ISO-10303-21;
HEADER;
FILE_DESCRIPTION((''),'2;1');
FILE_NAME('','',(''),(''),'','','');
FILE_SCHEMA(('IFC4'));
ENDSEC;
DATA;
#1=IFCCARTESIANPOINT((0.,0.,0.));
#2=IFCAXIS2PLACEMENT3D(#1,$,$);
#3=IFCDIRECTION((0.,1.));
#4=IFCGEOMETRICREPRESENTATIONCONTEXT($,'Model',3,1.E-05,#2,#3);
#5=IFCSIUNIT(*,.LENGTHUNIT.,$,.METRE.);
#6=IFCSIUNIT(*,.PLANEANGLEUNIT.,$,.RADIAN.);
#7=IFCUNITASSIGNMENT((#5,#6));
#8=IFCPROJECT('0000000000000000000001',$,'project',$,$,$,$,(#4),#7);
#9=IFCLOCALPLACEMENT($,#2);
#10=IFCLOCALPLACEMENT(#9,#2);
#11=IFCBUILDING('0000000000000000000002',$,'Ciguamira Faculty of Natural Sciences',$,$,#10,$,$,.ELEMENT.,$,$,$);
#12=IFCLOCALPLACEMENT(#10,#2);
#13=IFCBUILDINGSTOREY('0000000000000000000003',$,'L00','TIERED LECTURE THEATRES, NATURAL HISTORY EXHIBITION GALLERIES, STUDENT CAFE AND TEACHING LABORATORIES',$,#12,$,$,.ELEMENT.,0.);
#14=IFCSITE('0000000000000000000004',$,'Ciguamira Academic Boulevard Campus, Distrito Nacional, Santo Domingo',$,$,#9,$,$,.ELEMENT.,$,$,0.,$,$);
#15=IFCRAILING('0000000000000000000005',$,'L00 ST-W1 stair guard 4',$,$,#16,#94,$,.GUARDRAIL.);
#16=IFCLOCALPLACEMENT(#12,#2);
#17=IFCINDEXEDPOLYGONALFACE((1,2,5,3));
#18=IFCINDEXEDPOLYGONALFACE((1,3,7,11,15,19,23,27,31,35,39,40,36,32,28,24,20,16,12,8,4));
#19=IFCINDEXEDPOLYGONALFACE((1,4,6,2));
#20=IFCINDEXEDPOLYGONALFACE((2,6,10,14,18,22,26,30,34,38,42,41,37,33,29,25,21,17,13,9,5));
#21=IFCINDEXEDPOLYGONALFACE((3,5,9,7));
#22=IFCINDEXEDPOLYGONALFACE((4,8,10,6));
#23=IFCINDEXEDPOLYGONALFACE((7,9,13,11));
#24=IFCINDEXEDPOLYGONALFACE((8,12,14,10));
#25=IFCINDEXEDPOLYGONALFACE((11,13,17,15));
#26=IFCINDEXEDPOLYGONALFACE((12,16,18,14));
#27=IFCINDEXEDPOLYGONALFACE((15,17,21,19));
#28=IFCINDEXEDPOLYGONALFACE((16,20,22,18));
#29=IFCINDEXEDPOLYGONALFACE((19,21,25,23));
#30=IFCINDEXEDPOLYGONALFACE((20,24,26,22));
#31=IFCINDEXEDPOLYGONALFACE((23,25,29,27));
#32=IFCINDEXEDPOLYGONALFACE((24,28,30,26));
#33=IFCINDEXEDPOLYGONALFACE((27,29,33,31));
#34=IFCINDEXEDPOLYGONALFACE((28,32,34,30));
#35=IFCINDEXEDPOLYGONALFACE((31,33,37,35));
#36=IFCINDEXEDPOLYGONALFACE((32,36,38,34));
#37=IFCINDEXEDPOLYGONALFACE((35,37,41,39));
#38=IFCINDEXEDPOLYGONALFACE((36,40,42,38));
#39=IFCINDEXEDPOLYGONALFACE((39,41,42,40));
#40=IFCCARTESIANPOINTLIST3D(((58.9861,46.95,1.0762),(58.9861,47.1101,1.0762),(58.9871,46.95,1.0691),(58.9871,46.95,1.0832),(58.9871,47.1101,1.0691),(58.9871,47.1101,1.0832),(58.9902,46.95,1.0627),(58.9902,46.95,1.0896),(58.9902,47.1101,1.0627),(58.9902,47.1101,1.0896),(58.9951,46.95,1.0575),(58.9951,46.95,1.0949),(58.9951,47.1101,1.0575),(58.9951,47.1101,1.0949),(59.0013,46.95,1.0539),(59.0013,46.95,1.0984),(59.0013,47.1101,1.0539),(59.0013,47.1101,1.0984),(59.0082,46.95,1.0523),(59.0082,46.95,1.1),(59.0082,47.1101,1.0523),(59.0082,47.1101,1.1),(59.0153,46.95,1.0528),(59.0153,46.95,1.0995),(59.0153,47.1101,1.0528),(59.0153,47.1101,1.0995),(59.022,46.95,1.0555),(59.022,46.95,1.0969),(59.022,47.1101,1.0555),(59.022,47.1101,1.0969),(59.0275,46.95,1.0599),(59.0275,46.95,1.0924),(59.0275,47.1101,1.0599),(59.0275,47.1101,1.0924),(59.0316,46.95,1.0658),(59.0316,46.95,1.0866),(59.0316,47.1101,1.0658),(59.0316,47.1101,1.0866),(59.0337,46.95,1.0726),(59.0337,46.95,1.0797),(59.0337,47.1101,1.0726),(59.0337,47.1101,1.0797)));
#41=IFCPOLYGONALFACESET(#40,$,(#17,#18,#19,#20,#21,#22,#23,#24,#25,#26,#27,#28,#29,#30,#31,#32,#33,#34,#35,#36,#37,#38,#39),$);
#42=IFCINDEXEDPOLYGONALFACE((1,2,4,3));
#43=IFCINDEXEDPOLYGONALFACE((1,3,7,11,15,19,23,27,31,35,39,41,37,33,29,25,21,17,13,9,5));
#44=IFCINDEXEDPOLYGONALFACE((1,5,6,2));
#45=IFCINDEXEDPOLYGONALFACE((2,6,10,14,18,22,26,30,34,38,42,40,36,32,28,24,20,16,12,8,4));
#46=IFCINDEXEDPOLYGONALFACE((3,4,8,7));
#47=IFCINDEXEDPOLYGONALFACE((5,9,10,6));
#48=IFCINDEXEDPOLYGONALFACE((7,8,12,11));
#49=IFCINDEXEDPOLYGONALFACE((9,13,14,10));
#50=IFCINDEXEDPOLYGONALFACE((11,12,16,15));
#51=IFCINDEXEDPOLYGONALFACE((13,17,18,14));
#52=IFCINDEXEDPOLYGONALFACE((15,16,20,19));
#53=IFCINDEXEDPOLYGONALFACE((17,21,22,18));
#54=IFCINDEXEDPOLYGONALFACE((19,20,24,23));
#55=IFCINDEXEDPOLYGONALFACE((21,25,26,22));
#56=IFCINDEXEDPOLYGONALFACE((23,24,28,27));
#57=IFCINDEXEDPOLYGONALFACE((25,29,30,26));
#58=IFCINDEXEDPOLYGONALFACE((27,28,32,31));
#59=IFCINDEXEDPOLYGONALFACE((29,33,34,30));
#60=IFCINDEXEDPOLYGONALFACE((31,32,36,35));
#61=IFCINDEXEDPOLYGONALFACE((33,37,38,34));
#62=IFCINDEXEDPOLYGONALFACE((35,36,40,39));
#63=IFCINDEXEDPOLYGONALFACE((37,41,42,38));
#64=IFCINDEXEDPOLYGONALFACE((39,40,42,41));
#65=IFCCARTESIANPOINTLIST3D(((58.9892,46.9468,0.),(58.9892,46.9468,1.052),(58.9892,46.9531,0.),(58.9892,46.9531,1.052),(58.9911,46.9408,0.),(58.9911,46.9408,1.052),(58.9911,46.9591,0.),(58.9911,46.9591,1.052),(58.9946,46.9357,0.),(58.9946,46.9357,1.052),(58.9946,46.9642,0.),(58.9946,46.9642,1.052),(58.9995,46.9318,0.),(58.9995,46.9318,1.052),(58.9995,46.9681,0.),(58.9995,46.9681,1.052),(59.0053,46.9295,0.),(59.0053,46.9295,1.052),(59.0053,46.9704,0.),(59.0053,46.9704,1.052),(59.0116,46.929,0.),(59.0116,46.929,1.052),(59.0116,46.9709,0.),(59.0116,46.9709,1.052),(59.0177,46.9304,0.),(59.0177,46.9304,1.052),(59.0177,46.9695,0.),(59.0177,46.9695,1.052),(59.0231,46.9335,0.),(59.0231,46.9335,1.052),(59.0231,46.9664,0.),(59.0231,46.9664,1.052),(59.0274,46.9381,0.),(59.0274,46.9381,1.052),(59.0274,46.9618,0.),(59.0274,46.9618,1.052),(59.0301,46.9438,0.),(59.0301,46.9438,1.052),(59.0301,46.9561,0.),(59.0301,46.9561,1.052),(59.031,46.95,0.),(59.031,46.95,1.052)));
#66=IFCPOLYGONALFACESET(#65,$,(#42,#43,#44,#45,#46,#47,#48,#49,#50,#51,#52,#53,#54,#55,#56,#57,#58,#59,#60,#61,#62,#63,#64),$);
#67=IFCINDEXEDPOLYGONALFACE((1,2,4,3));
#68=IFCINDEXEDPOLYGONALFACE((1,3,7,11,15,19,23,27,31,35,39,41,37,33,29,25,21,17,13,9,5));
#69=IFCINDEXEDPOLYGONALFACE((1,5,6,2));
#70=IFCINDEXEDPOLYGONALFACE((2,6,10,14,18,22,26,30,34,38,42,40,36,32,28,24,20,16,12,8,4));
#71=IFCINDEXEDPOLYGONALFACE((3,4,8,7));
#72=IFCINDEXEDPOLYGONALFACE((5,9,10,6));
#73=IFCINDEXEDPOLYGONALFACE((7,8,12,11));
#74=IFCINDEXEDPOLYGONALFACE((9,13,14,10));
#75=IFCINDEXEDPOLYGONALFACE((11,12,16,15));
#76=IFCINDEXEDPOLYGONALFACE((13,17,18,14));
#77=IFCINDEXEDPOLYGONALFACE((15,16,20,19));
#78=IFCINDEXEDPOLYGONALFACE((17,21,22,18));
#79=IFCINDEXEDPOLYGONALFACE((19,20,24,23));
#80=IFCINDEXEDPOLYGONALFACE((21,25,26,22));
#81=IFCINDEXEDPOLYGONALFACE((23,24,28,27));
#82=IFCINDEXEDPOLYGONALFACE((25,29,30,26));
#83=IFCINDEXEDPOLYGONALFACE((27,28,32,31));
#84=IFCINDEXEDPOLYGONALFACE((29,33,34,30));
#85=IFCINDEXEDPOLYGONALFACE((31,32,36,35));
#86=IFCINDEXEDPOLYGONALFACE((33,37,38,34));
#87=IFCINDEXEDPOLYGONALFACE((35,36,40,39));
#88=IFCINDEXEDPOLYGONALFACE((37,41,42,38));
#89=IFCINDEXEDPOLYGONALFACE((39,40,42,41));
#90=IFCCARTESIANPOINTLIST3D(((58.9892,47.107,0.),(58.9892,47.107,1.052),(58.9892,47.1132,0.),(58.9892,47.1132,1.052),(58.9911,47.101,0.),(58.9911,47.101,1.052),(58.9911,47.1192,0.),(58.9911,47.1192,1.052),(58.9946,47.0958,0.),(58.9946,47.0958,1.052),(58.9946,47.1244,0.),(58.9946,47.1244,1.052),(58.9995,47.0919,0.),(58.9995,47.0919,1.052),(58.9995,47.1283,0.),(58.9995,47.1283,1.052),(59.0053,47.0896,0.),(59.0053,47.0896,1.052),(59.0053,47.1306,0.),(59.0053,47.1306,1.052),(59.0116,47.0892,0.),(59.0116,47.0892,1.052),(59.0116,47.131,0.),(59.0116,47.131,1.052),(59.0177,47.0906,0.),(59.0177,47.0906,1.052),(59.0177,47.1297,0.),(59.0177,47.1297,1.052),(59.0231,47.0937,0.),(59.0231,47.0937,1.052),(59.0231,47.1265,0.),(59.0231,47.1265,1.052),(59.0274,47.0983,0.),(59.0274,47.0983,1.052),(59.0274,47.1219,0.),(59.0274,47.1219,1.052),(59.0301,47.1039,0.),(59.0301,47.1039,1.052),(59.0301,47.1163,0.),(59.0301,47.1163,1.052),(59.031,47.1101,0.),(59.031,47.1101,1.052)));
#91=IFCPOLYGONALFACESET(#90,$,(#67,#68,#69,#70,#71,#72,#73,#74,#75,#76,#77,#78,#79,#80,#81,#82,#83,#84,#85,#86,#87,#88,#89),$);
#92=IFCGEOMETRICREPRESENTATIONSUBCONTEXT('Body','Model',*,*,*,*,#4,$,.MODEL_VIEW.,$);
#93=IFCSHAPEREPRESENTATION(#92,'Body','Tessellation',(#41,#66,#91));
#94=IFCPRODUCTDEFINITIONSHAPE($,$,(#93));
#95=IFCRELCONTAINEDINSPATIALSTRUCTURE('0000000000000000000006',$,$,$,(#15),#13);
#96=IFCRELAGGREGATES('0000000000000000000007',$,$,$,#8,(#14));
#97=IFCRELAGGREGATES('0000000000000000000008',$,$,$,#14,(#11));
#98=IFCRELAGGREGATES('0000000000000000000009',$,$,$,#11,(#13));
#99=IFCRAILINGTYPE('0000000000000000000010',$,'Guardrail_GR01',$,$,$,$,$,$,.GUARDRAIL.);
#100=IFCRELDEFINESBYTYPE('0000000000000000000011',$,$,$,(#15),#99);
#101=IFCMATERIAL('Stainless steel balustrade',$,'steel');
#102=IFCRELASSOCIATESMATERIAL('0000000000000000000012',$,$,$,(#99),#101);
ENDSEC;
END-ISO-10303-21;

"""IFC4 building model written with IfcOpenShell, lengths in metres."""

from ifc_helpers import new_model, si_unit, direction, frame, origin, origin_2d, place, context, subcontext, project, spatial, circle, extrude, material, type_object, element, save


model = new_model("IFC4")

# Units and contexts
model_context = context("Model", 3, precision=1e-05, world=origin(), true_north=direction((0.0, 1.0)))
body_context = subcontext(model_context, "Body", "Model", "MODEL_VIEW")
ifc_project = project(units=[si_unit("LENGTHUNIT", "METRE"), si_unit("PLANEANGLEUNIT", "RADIAN")], contexts=[model_context])

# Site, building, storey
site_placement = place(None, origin())
site = spatial("IfcSite", under=ifc_project, at=site_placement, Name="Ciguamira Academic Boulevard Campus, Distrito Nacional, Santo Domingo", CompositionType="ELEMENT", RefElevation=0.0)
building_placement = place(site_placement, origin())
building = spatial("IfcBuilding", under=site, at=building_placement, Name="Ciguamira Faculty of Natural Sciences", CompositionType="ELEMENT")
storey_placement = place(building_placement, origin())
storey = spatial("IfcBuildingStorey", under=building, at=storey_placement, Name="L00", Description="TIERED LECTURE THEATRES, NATURAL HISTORY EXHIBITION GALLERIES, STUDENT CAFE AND TEACHING LABORATORIES", CompositionType="ELEMENT", Elevation=0.0)

# Railing
ifc_material_1 = material(Name="Stainless steel balustrade", Category="steel")
railing_type_1 = type_object("IfcRailingType", Name="Guardrail_GR01", PredefinedType="GUARDRAIL", material=ifc_material_1)
railing_1_placement = place(storey_placement, frame((59.01, 46.95, 0.0)))
element("IfcRailing", 1, at=railing_1_placement, inside=storey, type_object=railing_type_1, Name="L00 ST-W1 stair guard 4", PredefinedType="GUARDRAIL", context=body_context, shape_type="SweptSolid", body=[
    extrude(circle(Radius=0.0239, at=origin_2d()), frame((0.0, 0.0, 1.0762), z_axis=(0.0, 1.0, 0.0), x_axis=(-1.0, 0.0, 0.0)), (0.0, 0.0, 1.0), 0.1602),
    extrude(circle(Radius=0.021, at=origin_2d()), origin(), (0.0, 0.0, 1.0), 1.052),
    extrude(circle(Radius=0.021, at=origin_2d()), frame((0.0, 0.1602, 0.0)), (0.0, 0.0, 1.0), 1.052),
])

save(model, "model.ifc")
